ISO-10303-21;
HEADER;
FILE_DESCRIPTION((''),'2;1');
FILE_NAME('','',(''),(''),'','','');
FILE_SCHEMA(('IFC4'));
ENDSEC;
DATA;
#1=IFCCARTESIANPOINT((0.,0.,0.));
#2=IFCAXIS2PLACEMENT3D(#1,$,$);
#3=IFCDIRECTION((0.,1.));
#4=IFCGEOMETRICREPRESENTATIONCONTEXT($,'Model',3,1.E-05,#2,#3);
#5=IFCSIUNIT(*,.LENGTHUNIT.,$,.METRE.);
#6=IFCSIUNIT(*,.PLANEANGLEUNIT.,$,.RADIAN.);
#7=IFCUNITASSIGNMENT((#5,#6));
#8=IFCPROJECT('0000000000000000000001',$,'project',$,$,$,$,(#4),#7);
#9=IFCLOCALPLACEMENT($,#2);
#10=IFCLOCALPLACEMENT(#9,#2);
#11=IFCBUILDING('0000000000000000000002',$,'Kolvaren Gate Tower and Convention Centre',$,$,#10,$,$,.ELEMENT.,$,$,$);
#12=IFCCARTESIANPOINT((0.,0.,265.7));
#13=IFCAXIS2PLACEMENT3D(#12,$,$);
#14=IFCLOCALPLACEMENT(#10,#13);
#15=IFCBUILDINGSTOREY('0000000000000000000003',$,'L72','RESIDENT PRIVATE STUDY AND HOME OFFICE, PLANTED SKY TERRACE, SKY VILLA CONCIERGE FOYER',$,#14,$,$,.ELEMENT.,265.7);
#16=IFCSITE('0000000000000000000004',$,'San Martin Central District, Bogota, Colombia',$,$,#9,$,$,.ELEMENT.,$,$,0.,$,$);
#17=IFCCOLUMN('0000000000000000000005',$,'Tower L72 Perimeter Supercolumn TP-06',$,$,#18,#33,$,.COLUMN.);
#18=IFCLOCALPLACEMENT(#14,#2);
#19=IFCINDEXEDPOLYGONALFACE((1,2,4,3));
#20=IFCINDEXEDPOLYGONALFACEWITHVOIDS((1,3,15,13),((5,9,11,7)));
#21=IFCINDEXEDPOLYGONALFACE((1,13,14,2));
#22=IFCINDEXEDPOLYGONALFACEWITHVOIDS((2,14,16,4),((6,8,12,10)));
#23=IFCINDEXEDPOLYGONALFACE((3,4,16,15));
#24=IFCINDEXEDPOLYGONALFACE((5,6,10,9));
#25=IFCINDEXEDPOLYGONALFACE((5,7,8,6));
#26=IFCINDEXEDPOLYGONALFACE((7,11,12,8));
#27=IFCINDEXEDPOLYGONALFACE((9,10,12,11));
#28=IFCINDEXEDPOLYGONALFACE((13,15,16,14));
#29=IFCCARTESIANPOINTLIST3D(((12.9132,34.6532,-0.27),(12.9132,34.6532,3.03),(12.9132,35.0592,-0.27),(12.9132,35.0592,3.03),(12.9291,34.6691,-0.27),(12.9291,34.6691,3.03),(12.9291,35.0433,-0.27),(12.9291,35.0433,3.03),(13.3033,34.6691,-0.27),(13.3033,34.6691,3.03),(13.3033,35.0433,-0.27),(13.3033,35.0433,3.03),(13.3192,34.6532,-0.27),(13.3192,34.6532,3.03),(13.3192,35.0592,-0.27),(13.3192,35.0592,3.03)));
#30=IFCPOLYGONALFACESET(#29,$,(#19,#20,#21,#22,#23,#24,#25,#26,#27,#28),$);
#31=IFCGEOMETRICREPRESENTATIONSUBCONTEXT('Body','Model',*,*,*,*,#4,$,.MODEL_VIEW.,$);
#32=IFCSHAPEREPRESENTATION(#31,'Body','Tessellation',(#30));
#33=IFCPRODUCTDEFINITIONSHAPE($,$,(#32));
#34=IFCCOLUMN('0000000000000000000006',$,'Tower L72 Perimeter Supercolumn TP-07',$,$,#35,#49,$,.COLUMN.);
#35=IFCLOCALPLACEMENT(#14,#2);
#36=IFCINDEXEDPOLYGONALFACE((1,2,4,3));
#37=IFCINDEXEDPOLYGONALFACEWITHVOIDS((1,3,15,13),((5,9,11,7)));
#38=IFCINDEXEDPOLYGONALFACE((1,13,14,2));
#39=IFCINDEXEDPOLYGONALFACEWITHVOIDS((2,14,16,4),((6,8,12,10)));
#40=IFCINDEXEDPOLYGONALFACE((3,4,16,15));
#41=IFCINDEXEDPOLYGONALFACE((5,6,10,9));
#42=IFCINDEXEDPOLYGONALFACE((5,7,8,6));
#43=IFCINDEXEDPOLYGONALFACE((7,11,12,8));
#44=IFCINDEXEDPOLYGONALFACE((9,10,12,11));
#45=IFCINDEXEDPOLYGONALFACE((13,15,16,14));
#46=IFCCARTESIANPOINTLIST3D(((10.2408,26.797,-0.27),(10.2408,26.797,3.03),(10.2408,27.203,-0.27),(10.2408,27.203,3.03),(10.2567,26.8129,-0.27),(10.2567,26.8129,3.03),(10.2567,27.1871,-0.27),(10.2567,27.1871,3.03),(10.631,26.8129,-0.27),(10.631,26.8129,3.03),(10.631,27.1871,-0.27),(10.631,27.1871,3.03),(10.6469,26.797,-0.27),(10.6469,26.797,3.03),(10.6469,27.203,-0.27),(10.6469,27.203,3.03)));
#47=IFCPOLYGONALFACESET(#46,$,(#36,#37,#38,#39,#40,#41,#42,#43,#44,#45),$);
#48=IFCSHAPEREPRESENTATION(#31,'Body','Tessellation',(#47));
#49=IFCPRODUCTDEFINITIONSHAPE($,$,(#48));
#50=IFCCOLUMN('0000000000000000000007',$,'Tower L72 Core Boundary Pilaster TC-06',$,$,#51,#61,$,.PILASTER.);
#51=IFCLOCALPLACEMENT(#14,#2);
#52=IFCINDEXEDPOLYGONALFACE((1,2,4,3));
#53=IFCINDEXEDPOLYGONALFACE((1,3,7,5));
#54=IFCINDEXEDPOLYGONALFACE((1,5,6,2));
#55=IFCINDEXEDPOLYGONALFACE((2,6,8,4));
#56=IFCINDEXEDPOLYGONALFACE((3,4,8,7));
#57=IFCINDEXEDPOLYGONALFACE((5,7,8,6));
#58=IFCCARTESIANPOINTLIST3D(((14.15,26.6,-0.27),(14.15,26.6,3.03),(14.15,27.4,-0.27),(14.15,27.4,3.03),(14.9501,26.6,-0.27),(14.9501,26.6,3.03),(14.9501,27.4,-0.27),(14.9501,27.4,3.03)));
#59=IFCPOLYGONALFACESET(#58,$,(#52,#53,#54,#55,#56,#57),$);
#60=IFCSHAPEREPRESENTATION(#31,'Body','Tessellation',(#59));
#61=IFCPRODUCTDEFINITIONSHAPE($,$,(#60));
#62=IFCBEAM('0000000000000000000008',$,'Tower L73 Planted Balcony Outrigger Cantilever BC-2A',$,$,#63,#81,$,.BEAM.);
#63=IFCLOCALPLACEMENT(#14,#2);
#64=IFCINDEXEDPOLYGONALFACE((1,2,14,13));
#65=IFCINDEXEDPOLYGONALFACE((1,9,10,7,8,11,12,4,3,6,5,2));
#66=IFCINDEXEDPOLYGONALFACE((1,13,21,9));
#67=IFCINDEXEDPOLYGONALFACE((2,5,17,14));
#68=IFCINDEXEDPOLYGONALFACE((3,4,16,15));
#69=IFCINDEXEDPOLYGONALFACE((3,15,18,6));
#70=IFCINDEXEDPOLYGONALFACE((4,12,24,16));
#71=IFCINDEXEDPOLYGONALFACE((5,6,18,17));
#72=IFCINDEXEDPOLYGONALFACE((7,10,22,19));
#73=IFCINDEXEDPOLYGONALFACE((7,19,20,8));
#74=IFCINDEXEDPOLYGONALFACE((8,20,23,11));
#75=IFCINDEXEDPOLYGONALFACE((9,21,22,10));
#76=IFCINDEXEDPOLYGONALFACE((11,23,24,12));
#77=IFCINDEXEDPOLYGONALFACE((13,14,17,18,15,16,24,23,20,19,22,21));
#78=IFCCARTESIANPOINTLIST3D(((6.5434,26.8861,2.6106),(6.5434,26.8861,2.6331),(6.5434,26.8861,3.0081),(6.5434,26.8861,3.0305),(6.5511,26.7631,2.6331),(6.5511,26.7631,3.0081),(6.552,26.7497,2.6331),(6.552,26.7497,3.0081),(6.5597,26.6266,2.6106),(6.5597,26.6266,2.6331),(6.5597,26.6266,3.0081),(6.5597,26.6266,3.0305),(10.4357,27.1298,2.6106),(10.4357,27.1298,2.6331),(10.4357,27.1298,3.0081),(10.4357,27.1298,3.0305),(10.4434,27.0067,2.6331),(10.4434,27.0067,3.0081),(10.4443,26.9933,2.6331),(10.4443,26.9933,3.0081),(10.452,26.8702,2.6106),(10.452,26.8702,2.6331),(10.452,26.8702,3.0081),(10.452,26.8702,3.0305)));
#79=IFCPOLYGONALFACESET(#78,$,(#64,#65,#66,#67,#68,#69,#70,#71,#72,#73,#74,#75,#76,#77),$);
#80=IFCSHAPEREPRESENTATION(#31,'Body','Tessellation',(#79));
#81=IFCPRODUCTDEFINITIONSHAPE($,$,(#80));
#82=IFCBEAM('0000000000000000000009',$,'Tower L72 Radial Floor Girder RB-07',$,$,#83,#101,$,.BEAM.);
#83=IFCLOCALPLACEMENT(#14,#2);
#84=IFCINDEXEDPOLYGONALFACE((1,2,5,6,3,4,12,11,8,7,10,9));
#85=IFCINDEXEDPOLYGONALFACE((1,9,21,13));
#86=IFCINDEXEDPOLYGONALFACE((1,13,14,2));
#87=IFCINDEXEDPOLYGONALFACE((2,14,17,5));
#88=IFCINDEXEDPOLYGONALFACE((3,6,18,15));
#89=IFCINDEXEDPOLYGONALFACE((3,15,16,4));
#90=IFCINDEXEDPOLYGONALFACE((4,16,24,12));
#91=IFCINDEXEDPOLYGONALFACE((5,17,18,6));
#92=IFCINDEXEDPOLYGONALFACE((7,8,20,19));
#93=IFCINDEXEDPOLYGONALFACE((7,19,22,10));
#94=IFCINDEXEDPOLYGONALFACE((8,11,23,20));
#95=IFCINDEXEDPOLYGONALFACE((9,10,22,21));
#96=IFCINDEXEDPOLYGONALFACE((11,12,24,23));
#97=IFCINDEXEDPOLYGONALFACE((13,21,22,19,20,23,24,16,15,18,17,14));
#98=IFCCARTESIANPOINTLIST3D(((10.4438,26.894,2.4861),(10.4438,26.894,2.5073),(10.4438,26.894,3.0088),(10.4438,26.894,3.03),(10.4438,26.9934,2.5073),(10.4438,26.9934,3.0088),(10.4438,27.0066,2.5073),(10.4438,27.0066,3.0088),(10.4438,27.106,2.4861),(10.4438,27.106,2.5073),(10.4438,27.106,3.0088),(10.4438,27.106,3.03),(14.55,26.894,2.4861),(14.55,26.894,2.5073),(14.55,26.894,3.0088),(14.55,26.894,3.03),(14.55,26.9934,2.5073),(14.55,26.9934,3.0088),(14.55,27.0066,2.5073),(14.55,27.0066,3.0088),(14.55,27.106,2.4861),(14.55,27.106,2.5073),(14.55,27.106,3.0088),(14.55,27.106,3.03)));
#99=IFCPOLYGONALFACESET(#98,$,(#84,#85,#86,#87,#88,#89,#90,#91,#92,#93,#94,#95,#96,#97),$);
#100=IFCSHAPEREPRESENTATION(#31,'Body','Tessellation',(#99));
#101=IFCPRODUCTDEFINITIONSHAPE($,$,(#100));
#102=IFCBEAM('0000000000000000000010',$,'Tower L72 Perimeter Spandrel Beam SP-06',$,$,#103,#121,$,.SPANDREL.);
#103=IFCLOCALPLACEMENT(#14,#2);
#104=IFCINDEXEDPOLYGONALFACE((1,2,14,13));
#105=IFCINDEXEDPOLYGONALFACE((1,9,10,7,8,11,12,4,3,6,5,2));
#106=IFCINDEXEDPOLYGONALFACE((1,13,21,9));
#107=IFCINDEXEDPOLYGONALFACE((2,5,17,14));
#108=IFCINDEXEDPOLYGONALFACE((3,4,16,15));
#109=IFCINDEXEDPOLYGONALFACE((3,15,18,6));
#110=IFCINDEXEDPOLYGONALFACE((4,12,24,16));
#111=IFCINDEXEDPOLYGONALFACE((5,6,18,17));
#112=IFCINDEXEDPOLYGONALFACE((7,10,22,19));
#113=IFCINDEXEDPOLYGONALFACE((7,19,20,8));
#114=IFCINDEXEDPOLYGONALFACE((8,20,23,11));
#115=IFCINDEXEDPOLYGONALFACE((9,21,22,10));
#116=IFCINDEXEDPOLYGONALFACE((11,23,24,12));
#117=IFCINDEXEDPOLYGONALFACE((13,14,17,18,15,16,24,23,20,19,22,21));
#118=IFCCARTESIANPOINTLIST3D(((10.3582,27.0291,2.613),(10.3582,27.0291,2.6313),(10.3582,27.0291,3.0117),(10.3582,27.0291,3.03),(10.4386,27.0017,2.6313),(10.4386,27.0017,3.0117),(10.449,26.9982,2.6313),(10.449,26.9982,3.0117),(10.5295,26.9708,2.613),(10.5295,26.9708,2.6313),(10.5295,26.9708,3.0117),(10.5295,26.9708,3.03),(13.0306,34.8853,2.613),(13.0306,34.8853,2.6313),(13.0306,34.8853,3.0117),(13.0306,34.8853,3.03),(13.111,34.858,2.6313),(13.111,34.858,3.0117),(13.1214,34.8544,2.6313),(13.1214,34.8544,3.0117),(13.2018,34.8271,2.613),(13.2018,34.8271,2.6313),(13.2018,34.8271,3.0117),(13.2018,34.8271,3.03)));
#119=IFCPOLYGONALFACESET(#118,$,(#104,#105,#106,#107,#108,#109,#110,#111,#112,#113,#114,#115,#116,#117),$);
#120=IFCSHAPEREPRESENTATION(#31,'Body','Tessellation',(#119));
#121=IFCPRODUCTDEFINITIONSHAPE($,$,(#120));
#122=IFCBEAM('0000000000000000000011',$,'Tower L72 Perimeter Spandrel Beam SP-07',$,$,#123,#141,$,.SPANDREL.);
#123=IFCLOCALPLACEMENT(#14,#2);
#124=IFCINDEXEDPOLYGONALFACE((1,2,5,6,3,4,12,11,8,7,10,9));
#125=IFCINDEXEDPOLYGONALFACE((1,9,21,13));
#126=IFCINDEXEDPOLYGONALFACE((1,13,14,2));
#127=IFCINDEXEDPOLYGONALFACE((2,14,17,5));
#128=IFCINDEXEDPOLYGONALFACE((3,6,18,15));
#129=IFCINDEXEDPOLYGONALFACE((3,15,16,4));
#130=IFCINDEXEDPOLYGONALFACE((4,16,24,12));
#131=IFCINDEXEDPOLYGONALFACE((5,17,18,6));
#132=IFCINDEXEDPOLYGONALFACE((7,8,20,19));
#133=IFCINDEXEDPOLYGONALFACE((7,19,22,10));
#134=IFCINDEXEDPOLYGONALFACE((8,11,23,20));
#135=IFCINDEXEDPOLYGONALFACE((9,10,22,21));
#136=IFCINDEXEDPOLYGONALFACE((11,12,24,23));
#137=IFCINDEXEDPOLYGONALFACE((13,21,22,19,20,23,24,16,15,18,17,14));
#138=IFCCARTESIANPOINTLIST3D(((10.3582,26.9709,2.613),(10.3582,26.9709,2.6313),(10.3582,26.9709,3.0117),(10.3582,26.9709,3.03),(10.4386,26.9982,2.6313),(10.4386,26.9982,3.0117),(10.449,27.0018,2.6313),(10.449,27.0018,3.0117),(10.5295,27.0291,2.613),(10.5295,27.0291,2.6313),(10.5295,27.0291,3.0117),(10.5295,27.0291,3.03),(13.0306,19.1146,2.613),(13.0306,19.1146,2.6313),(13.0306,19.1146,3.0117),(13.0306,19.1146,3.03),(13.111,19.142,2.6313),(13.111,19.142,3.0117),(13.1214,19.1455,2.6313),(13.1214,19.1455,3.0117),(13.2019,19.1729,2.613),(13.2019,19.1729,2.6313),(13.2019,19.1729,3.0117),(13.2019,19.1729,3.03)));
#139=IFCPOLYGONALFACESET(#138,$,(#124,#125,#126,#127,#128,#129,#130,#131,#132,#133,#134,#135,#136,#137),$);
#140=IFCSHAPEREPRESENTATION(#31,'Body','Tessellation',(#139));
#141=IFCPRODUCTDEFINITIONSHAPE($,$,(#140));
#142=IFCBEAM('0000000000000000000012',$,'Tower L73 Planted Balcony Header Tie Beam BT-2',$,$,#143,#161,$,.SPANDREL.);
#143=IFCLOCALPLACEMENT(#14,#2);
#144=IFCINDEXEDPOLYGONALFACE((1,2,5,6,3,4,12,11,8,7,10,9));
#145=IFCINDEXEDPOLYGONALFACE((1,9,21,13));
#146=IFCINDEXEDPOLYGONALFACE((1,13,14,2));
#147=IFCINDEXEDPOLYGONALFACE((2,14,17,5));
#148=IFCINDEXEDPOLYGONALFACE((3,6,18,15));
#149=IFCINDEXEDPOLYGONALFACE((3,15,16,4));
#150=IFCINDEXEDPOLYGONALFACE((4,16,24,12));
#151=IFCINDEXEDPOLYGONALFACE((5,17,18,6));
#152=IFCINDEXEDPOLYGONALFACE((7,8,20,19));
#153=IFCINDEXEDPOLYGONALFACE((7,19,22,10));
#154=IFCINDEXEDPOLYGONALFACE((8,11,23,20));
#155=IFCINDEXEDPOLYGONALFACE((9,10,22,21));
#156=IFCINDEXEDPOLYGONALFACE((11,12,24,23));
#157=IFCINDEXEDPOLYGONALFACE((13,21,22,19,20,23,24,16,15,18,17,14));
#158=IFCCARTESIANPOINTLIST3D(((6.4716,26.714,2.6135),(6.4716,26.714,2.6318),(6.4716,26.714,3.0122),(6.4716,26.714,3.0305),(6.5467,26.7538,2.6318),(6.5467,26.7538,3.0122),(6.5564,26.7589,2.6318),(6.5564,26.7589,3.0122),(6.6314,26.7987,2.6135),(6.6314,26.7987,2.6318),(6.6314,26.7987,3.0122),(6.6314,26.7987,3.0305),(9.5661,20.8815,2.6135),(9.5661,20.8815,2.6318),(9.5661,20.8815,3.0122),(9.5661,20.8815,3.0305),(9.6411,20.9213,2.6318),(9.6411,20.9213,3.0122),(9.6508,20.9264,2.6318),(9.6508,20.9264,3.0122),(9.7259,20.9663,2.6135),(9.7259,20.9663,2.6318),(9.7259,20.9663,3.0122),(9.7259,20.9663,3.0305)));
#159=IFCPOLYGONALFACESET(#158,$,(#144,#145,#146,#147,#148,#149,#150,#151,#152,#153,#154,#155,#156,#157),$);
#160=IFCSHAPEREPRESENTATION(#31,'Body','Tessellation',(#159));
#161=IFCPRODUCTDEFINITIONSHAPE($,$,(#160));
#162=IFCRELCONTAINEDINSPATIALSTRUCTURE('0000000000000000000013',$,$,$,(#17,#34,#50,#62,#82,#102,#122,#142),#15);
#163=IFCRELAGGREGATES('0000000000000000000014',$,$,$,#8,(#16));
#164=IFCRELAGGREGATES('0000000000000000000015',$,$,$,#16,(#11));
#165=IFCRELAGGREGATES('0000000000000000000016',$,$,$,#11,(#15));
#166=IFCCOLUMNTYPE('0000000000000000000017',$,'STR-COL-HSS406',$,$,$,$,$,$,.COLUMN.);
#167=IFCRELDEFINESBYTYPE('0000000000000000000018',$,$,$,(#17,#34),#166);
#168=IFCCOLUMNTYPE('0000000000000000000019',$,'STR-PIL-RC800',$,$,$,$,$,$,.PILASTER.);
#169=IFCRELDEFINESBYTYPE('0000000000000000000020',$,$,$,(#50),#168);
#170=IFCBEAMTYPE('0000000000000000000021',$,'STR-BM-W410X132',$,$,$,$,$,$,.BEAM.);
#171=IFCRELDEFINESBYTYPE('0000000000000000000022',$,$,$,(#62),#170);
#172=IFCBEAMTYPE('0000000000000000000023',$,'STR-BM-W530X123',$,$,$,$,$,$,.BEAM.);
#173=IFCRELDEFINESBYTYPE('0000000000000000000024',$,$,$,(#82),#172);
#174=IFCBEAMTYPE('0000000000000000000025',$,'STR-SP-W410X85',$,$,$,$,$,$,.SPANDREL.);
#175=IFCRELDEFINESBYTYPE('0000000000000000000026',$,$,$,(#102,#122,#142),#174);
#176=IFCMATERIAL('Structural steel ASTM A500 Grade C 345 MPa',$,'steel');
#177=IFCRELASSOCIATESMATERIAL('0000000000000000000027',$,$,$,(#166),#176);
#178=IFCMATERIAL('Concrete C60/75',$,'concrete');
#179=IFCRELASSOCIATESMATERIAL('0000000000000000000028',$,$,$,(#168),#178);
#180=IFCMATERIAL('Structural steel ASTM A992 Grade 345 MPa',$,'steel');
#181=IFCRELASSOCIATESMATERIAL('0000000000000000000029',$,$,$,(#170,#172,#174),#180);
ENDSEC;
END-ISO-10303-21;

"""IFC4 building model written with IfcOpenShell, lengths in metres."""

from ifc_helpers import new_model, si_unit, direction, frame, origin, origin_2d, place, context, subcontext, project, spatial, rectangle, hollow_rectangle, i_section, extrude, material, material_profile, profile_set, type_object, element, save


model = new_model("IFC4")

# Units and contexts
model_context = context("Model", 3, precision=1e-05, world=origin(), true_north=direction((0.0, 1.0)))
body_context = subcontext(model_context, "Body", "Model", "MODEL_VIEW")
ifc_project = project(units=[si_unit("LENGTHUNIT", "METRE"), si_unit("PLANEANGLEUNIT", "RADIAN")], contexts=[model_context])

# Site, building, storey
site_placement = place(None, origin())
site = spatial("IfcSite", under=ifc_project, at=site_placement, Name="San Martin Central District, Bogota, Colombia", CompositionType="ELEMENT", RefElevation=0.0)
building_placement = place(site_placement, origin())
building = spatial("IfcBuilding", under=site, at=building_placement, Name="Kolvaren Gate Tower and Convention Centre", CompositionType="ELEMENT")
storey_placement = place(building_placement, frame((0.0, 0.0, 265.7)))
storey = spatial("IfcBuildingStorey", under=building, at=storey_placement, Name="L72", Description="RESIDENT PRIVATE STUDY AND HOME OFFICE, PLANTED SKY TERRACE, SKY VILLA CONCIERGE FOYER", CompositionType="ELEMENT", Elevation=265.7)

# Columns
ifc_material_1 = material(Name="Structural steel ASTM A500 Grade C 345 MPa", Category="steel")
ifc_material_profile_1 = material_profile(ifc_material_1, hollow_rectangle(XDim=0.406, YDim=0.406, WallThickness=0.0159, at=origin_2d()), Name="HSS406X406X15.9")
ifc_profile_set_1 = profile_set([ifc_material_profile_1], Name="Structural steel ASTM A500 Grade C 345 MPa")
column_type_1 = type_object("IfcColumnType", Name="STR-COL-HSS406", PredefinedType="COLUMN", material=ifc_profile_set_1)
for number, where, z_axis, x_axis, name in (
    (1, (13.1162, 34.8562, -0.27), (0.0, 0.0, 1.0), (1.0, 0.0, 0.0), "Tower L72 Perimeter Supercolumn TP-06"),
    (2, (10.4438, 27.0, -0.27), (0.0, 0.0, 1.0), (1.0, 0.0, 0.0), "Tower L72 Perimeter Supercolumn TP-07"),
):
    element("IfcColumn", number, at=place(storey_placement, frame(where, z_axis=z_axis, x_axis=x_axis)), inside=storey, type_object=column_type_1, Name=name, PredefinedType="COLUMN", context=body_context, shape_type="SweptSolid", body=[
        extrude(hollow_rectangle(XDim=0.406, YDim=0.406, WallThickness=0.0159, at=origin_2d()), origin(), (0.0, 0.0, 1.0), 3.3),
    ])
ifc_material_2 = material(Name="Concrete C60/75", Category="concrete")
ifc_material_profile_2 = material_profile(ifc_material_2, rectangle(XDim=0.8, YDim=0.8, at=origin_2d()), Name="RC-COL-800X800")
ifc_profile_set_2 = profile_set([ifc_material_profile_2], Name="Concrete C60/75")
column_type_2 = type_object("IfcColumnType", Name="STR-PIL-RC800", PredefinedType="PILASTER", material=ifc_profile_set_2)
column_placement = place(storey_placement, frame((14.55, 27.0, -0.27), z_axis=(0.0, 0.0, 1.0), x_axis=(1.0, 0.0, 0.0)))
element("IfcColumn", 3, at=column_placement, inside=storey, type_object=column_type_2, Name="Tower L72 Core Boundary Pilaster TC-06", PredefinedType="PILASTER", context=body_context, shape_type="SweptSolid", body=[
    extrude(rectangle(XDim=0.8, YDim=0.8, at=origin_2d()), origin(), (0.0, 0.0, 1.0), 3.3),
])

# Beams
ifc_material_3 = material(Name="Structural steel ASTM A992 Grade 345 MPa", Category="steel")
ifc_material_profile_3 = material_profile(ifc_material_3, i_section(OverallWidth=0.26, OverallDepth=0.4199, WebThickness=0.0134, FlangeThickness=0.0225, at=origin_2d()), Name="W410X132")
ifc_profile_set_3 = profile_set([ifc_material_profile_3], Name="Structural steel ASTM A992 Grade 345 MPa")
beam_type_1 = type_object("IfcBeamType", Name="STR-BM-W410X132", PredefinedType="BEAM", material=ifc_profile_set_3)
beam_1_placement = place(storey_placement, frame((10.4438, 27.0, 2.8206), z_axis=(-0.998046, -0.062476, 0.0), x_axis=(0.062476, -0.998046, 0.0)))
element("IfcBeam", 4, at=beam_1_placement, inside=storey, type_object=beam_type_1, Name="Tower L73 Planted Balcony Outrigger Cantilever BC-2A", PredefinedType="BEAM", context=body_context, shape_type="SweptSolid", body=[
    extrude(i_section(OverallWidth=0.26, OverallDepth=0.4199, WebThickness=0.0134, FlangeThickness=0.0225, at=origin_2d()), origin(), (0.0, 0.0, 1.0), 3.8999),
])
ifc_material_profile_4 = material_profile(ifc_material_3, i_section(OverallWidth=0.2119, OverallDepth=0.5439, WebThickness=0.0132, FlangeThickness=0.0212, at=origin_2d()), Name="W530X123")
ifc_profile_set_4 = profile_set([ifc_material_profile_4], Name="Structural steel ASTM A992 Grade 345 MPa")
beam_type_2 = type_object("IfcBeamType", Name="STR-BM-W530X123", PredefinedType="BEAM", material=ifc_profile_set_4)
beam_2_placement = place(storey_placement, frame((14.55, 27.0, 2.7581), z_axis=(-1.0, 0.0, 0.0), x_axis=(0.0, -1.0, 0.0)))
element("IfcBeam", 5, at=beam_2_placement, inside=storey, type_object=beam_type_2, Name="Tower L72 Radial Floor Girder RB-07", PredefinedType="BEAM", context=body_context, shape_type="SweptSolid", body=[
    extrude(i_section(OverallWidth=0.2119, OverallDepth=0.5439, WebThickness=0.0132, FlangeThickness=0.0212, at=origin_2d()), origin(), (0.0, 0.0, 1.0), 4.1062),
])
ifc_material_profile_5 = material_profile(ifc_material_3, i_section(OverallWidth=0.1809, OverallDepth=0.417, WebThickness=0.011, FlangeThickness=0.0183, at=origin_2d()), Name="W410X85")
ifc_profile_set_5 = profile_set([ifc_material_profile_5], Name="Structural steel ASTM A992 Grade 345 MPa")
beam_type_3 = type_object("IfcBeamType", Name="STR-SP-W410X85", PredefinedType="SPANDREL", material=ifc_profile_set_5)
for number, where, z_axis, x_axis, name in (
    (6, (13.1162, 34.8562, 2.8215), (-0.322038, -0.946727, 0.0), (0.946727, -0.322038, 0.0), "Tower L72 Perimeter Spandrel Beam SP-06"),
    (7, (10.4438, 27.0, 2.8215), (0.322038, -0.946727, 0.0), (0.946727, 0.322038, 0.0), "Tower L72 Perimeter Spandrel Beam SP-07"),
):
    element("IfcBeam", number, at=place(storey_placement, frame(where, z_axis=z_axis, x_axis=x_axis)), inside=storey, type_object=beam_type_3, Name=name, PredefinedType="SPANDREL", context=body_context, shape_type="SweptSolid", body=[
        extrude(i_section(OverallWidth=0.1809, OverallDepth=0.417, WebThickness=0.011, FlangeThickness=0.0183, at=origin_2d()), origin(), (0.0, 0.0, 1.0), 8.2983),
    ])
beam_3_placement = place(storey_placement, frame((6.5515, 26.7563, 2.822), z_axis=(0.468678, -0.883369, 0.0), x_axis=(0.883369, 0.468678, 0.0)))
element("IfcBeam", 8, at=beam_3_placement, inside=storey, type_object=beam_type_3, Name="Tower L73 Planted Balcony Header Tie Beam BT-2", PredefinedType="SPANDREL", context=body_context, shape_type="SweptSolid", body=[
    extrude(i_section(OverallWidth=0.1809, OverallDepth=0.417, WebThickness=0.011, FlangeThickness=0.0183, at=origin_2d()), origin(), (0.0, 0.0, 1.0), 6.6025),
])

save(model, "model.ifc")
